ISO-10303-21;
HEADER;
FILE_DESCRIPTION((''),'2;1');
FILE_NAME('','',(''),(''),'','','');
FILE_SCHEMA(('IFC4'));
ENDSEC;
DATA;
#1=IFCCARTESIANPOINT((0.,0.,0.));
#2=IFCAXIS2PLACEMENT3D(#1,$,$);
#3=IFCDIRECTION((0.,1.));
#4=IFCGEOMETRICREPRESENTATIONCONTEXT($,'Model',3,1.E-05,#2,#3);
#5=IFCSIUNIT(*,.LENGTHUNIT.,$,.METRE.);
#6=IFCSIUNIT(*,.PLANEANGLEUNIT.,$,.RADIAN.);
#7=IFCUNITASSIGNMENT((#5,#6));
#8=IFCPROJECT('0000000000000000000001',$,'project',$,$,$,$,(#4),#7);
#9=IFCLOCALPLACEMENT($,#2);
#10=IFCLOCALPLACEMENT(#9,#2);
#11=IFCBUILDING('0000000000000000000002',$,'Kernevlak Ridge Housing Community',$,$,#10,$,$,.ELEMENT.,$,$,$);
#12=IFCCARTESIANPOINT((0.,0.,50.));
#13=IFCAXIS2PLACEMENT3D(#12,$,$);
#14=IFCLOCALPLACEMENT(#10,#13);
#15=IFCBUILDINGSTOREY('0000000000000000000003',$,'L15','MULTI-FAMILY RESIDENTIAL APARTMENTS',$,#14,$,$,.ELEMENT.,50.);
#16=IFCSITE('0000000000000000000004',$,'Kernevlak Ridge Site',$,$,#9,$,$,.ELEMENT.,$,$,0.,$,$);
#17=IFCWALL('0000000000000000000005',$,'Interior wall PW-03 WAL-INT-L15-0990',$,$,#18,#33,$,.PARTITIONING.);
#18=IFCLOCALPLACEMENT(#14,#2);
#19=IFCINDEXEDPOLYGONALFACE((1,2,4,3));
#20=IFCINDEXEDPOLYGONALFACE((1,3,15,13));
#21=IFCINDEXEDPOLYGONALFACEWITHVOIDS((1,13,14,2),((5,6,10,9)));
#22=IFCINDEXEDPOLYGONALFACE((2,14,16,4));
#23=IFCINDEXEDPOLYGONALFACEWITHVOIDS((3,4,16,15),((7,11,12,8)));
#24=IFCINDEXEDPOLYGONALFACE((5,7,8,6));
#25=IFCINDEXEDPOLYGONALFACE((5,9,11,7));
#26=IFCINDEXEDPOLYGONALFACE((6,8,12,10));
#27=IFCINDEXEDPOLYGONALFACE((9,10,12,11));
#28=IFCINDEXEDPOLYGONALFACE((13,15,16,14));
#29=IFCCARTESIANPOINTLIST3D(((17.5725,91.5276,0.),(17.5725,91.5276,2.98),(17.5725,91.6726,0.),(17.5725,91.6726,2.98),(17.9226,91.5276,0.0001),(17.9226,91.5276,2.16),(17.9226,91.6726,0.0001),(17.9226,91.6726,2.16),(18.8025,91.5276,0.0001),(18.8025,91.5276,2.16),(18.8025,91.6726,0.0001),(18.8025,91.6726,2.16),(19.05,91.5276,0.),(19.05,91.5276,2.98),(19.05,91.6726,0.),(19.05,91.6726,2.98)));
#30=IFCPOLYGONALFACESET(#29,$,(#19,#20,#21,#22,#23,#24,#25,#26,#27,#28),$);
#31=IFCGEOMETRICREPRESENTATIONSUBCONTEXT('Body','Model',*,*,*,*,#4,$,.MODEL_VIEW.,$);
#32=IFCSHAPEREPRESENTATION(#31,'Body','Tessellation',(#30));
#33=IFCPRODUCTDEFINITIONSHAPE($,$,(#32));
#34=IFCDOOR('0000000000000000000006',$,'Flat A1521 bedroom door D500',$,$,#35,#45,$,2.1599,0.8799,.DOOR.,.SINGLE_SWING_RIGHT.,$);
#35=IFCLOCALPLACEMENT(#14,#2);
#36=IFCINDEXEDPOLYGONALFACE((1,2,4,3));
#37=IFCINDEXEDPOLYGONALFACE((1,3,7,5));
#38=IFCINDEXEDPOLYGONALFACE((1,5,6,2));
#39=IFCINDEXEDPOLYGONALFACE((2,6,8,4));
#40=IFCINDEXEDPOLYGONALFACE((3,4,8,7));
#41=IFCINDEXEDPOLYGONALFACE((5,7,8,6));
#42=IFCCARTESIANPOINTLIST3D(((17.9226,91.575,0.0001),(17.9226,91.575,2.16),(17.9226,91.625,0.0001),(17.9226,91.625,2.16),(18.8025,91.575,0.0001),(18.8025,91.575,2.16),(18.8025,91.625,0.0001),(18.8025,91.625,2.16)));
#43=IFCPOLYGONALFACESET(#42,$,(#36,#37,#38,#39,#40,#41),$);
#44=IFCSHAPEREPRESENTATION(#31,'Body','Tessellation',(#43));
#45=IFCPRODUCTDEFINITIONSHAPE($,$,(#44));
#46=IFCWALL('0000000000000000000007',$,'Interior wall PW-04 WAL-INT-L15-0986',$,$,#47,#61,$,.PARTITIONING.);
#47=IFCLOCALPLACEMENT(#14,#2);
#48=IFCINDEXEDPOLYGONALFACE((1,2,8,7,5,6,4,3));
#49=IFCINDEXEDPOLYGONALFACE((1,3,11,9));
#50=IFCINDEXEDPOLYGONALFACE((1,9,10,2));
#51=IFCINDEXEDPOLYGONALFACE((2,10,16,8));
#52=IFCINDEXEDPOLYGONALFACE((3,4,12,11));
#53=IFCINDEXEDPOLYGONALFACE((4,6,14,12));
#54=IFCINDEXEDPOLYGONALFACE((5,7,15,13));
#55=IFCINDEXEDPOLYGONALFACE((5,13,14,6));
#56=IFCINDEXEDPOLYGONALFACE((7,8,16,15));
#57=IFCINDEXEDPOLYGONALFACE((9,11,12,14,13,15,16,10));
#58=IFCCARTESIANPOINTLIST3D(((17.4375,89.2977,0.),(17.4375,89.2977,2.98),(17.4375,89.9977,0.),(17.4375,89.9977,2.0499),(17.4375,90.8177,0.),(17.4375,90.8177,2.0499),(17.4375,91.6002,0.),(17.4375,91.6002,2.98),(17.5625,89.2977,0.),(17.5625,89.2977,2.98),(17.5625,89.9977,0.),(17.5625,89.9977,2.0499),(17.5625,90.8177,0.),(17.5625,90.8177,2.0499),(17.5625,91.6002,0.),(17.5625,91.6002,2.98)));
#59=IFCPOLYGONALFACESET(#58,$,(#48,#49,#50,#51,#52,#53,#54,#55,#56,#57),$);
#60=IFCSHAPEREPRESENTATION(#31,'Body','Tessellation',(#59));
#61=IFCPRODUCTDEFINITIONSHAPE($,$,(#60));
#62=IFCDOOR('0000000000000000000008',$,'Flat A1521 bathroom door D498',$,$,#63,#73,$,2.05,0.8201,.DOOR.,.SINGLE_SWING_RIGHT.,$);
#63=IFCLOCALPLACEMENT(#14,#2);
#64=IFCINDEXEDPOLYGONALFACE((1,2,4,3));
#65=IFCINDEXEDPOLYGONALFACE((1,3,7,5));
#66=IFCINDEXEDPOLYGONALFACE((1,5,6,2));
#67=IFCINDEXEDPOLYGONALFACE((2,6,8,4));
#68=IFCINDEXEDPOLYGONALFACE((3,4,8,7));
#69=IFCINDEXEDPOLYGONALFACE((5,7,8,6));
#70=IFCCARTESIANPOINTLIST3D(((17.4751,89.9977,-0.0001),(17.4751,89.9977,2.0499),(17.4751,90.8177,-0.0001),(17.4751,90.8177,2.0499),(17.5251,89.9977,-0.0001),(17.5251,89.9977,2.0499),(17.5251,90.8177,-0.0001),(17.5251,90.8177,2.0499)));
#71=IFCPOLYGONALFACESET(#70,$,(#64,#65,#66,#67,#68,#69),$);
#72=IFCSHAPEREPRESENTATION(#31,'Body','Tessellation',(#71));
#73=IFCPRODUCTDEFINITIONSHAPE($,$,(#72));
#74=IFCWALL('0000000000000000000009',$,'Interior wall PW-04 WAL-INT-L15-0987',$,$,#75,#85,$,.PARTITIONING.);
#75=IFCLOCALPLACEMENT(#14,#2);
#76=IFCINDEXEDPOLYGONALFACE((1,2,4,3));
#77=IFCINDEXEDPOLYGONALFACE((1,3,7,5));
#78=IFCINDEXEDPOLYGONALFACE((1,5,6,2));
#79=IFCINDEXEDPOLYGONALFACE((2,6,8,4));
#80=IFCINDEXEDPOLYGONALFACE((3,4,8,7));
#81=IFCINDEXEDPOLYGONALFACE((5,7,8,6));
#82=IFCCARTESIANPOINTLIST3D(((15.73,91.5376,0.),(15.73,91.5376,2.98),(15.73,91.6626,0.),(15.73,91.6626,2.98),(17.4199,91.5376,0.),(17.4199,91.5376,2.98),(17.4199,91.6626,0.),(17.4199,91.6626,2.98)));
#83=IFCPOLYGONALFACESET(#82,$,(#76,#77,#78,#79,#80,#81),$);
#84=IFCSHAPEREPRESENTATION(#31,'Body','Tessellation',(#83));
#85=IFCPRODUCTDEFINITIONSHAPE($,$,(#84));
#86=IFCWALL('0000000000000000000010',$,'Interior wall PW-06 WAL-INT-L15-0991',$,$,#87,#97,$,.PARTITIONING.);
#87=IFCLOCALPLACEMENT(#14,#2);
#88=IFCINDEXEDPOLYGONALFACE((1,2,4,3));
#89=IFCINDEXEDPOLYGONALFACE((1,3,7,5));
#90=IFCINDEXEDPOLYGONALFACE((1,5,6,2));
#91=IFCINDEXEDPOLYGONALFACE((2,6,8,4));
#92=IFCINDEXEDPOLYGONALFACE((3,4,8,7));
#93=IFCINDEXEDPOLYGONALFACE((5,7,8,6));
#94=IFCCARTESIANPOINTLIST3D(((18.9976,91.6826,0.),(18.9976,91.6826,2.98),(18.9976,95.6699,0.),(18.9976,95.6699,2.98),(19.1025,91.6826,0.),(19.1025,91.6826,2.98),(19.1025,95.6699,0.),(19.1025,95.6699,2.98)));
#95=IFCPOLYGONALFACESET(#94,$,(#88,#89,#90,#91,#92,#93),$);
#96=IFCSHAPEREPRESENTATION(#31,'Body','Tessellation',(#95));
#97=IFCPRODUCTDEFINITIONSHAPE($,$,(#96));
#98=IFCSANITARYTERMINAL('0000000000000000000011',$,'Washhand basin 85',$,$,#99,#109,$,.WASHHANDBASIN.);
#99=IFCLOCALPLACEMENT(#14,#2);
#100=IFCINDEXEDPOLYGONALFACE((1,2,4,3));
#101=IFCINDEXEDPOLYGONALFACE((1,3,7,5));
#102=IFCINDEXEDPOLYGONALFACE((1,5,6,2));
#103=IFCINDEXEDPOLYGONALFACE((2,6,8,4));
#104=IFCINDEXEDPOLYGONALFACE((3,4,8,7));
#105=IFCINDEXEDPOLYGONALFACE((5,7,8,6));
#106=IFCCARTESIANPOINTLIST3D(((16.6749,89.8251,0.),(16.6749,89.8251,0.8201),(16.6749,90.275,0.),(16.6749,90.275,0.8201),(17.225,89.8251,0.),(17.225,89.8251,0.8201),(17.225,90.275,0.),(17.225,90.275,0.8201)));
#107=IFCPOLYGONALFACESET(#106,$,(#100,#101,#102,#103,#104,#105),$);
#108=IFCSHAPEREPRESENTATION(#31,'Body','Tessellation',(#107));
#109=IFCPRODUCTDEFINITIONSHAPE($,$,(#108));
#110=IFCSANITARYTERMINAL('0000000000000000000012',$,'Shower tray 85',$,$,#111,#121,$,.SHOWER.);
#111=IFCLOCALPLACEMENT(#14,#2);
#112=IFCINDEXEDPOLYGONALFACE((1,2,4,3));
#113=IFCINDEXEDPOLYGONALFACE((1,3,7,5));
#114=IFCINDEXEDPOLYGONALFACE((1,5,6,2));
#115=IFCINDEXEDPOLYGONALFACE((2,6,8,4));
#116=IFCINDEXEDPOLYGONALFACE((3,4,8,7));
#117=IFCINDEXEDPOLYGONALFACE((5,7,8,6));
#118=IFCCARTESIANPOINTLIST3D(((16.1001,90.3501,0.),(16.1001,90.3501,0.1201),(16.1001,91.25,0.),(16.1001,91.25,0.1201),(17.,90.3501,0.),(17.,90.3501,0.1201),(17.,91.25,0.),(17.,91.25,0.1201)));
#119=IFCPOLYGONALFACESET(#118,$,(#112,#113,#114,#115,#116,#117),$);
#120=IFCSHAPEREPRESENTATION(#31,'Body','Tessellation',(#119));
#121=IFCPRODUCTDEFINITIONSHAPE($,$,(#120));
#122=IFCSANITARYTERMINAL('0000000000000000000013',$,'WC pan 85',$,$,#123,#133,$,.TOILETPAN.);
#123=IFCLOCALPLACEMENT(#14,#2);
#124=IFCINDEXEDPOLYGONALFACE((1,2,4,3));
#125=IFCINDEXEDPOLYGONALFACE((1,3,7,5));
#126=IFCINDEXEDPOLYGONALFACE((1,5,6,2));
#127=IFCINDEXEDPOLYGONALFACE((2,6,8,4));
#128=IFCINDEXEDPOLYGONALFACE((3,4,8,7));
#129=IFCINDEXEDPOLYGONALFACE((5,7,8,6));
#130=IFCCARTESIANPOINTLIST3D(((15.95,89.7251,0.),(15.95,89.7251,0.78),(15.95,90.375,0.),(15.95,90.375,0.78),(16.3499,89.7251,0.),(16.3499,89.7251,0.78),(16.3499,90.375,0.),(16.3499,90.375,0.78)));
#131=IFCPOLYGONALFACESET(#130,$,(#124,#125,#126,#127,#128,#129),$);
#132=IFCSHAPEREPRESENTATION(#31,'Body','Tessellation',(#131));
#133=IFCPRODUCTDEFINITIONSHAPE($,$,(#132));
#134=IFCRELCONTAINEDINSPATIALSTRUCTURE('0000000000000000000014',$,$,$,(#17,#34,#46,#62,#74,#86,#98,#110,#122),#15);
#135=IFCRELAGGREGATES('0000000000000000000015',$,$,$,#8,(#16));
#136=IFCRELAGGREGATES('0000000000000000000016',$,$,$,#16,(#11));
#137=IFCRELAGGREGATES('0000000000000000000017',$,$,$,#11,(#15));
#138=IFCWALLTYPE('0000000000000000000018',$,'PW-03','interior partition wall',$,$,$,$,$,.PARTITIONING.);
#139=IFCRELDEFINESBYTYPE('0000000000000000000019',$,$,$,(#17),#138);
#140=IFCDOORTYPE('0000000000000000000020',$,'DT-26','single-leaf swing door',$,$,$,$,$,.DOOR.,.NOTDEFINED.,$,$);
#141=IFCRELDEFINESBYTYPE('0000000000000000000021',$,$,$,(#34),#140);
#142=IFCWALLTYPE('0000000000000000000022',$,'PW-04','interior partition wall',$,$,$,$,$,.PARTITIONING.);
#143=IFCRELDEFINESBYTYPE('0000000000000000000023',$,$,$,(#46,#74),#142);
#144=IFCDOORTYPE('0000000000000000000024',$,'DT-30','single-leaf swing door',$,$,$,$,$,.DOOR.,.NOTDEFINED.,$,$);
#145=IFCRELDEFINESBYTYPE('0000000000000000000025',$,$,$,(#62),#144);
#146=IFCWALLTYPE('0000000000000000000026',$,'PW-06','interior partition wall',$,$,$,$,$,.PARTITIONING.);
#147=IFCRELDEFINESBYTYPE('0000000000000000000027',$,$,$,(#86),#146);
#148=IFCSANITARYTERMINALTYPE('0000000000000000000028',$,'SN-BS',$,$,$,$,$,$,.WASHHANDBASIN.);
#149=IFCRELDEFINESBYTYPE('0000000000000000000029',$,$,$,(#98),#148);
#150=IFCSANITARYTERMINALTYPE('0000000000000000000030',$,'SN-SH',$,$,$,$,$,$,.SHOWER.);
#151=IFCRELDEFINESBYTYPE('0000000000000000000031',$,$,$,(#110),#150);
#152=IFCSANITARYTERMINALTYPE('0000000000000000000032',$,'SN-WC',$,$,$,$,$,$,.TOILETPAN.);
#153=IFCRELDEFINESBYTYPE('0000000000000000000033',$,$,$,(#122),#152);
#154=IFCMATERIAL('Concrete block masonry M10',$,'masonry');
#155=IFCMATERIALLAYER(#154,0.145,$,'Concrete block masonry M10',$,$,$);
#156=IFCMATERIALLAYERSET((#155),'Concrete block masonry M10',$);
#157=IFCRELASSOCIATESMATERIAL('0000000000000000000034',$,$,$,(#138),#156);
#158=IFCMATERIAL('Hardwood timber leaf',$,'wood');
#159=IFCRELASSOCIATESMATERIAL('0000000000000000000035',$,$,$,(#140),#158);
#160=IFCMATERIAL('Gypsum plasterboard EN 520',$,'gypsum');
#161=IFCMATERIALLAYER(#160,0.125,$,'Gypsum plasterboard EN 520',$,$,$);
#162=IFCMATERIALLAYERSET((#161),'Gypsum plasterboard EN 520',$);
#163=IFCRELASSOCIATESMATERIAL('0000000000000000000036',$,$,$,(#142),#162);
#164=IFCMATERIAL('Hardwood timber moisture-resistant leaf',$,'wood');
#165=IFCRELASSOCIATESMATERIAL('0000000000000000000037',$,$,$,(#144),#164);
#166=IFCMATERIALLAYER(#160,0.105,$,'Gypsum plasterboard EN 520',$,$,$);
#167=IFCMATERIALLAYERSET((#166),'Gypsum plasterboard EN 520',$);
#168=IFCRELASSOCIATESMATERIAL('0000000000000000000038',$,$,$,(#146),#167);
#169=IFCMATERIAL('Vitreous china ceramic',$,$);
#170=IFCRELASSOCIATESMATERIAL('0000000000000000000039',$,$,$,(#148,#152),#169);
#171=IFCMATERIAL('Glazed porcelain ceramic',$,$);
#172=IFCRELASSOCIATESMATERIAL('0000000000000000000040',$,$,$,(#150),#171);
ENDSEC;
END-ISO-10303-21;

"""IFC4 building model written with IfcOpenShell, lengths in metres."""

from ifc_helpers import new_model, si_unit, direction, frame, frame_2d, origin, origin_2d, place, context, subcontext, project, spatial, rectangle, extrude, material, layer, layer_set, type_object, element, fill, save


model = new_model("IFC4")

# Units and contexts
model_context = context("Model", 3, precision=1e-05, world=origin(), true_north=direction((0.0, 1.0)))
body_context = subcontext(model_context, "Body", "Model", "MODEL_VIEW")
ifc_project = project(units=[si_unit("LENGTHUNIT", "METRE"), si_unit("PLANEANGLEUNIT", "RADIAN")], contexts=[model_context])

# Site, building, storey
site_placement = place(None, origin())
site = spatial("IfcSite", under=ifc_project, at=site_placement, Name="Kernevlak Ridge Site", CompositionType="ELEMENT", RefElevation=0.0)
building_placement = place(site_placement, origin())
building = spatial("IfcBuilding", under=site, at=building_placement, Name="Kernevlak Ridge Housing Community", CompositionType="ELEMENT")
storey_placement = place(building_placement, frame((0.0, 0.0, 50.0)))
storey = spatial("IfcBuildingStorey", under=building, at=storey_placement, Name="L15", Description="MULTI-FAMILY RESIDENTIAL APARTMENTS", CompositionType="ELEMENT", Elevation=50.0)

# Shared definitions
ifc_material_1 = material(Name="Concrete block masonry M10", Category="masonry")

# Walls, openings, doors
ifc_layer_1 = layer(ifc_material_1, 0.145, Name="Concrete block masonry M10")
ifc_layer_set_1 = layer_set([ifc_layer_1], Name="Concrete block masonry M10")
wall_type_1 = type_object("IfcWallType", Name="PW-03", Description="interior partition wall", PredefinedType="PARTITIONING", material=ifc_layer_set_1)
wall_1_placement = place(storey_placement, frame((17.5725, 91.6001, 0.0), z_axis=(0.0, 0.0, 1.0), x_axis=(1.0, 0.0, 0.0)))
wall_1 = element("IfcWall", 1, at=wall_1_placement, inside=storey, type_object=wall_type_1, Name="Interior wall PW-03 WAL-INT-L15-0990", PredefinedType="PARTITIONING", context=body_context, shape_type="SweptSolid", body=[
    extrude(rectangle(XDim=1.4775, YDim=0.145, at=frame_2d((0.7388, 0.0))), origin(), (0.0, 0.0, 1.0), 2.98),
])
opening_1_placement = place(wall_1_placement, frame((0.3501, 0.0, 0.0)))
opening_1 = element("IfcOpeningElement", 2, at=opening_1_placement, cuts=wall_1, PredefinedType="OPENING", context=body_context, shape_type="SweptSolid", body=[
    extrude(rectangle(XDim=0.8799, YDim=2.1599, at=frame_2d((0.4399, 1.0801))), frame((0.0, 0.0825, 0.0), z_axis=(0.0, -1.0, 0.0), x_axis=(1.0, 0.0, 0.0)), (0.0, 0.0, 1.0), 0.165),
])
ifc_material_2 = material(Name="Hardwood timber leaf", Category="wood")
door_type_1 = type_object("IfcDoorType", Name="DT-26", Description="single-leaf swing door", OperationType="NOTDEFINED", PredefinedType="DOOR", material=ifc_material_2)
door_1_placement = place(opening_1_placement, origin())
door_1 = element("IfcDoor", 3, at=door_1_placement, inside=storey, type_object=door_type_1, Name="Flat A1521 bedroom door D500", OperationType="SINGLE_SWING_RIGHT", OverallHeight=2.1599, OverallWidth=0.8799, PredefinedType="DOOR", context=body_context, shape_type="SweptSolid", body=[
    extrude(rectangle(XDim=0.8799, YDim=2.1599, at=frame_2d((0.4399, 1.0801))), frame((0.0, 0.0249, 0.0), z_axis=(0.0, -1.0, 0.0), x_axis=(1.0, 0.0, 0.0)), (0.0, 0.0, 1.0), 0.05),
])
fill(opening_1, door_1)
ifc_material_3 = material(Name="Gypsum plasterboard EN 520", Category="gypsum")
ifc_layer_2 = layer(ifc_material_3, 0.125, Name="Gypsum plasterboard EN 520")
ifc_layer_set_2 = layer_set([ifc_layer_2], Name="Gypsum plasterboard EN 520")
wall_type_2 = type_object("IfcWallType", Name="PW-04", Description="interior partition wall", PredefinedType="PARTITIONING", material=ifc_layer_set_2)
wall_2_placement = place(storey_placement, frame((17.5, 89.2976, 0.0), z_axis=(0.0, 0.0, 1.0), x_axis=(0.0, 1.0, 0.0)))
wall_2 = element("IfcWall", 4, at=wall_2_placement, inside=storey, type_object=wall_type_2, Name="Interior wall PW-04 WAL-INT-L15-0986", PredefinedType="PARTITIONING", context=body_context, shape_type="SweptSolid", body=[
    extrude(rectangle(XDim=2.3025, YDim=0.125, at=frame_2d((1.1514, 0.0))), origin(), (0.0, 0.0, 1.0), 2.98),
])
opening_2_placement = place(wall_2_placement, frame((0.7, 0.0, 0.0)))
opening_2 = element("IfcOpeningElement", 5, at=opening_2_placement, cuts=wall_2, PredefinedType="OPENING", context=body_context, shape_type="SweptSolid", body=[
    extrude(rectangle(XDim=0.8201, YDim=2.05, at=frame_2d((0.4102, 1.0249))), frame((0.0, 0.0725, 0.0), z_axis=(0.0, -1.0, 0.0), x_axis=(1.0, 0.0, 0.0)), (0.0, 0.0, 1.0), 0.145),
])
ifc_material_4 = material(Name="Hardwood timber moisture-resistant leaf", Category="wood")
door_type_2 = type_object("IfcDoorType", Name="DT-30", Description="single-leaf swing door", OperationType="NOTDEFINED", PredefinedType="DOOR", material=ifc_material_4)
door_2_placement = place(opening_2_placement, origin())
door_2 = element("IfcDoor", 6, at=door_2_placement, inside=storey, type_object=door_type_2, Name="Flat A1521 bathroom door D498", OperationType="SINGLE_SWING_RIGHT", OverallHeight=2.05, OverallWidth=0.8201, PredefinedType="DOOR", context=body_context, shape_type="SweptSolid", body=[
    extrude(rectangle(XDim=0.8201, YDim=2.05, at=frame_2d((0.4102, 1.0249))), frame((0.0, 0.0249, 0.0), z_axis=(0.0, -1.0, 0.0), x_axis=(1.0, 0.0, 0.0)), (0.0, 0.0, 1.0), 0.05),
])
fill(opening_2, door_2)

# Walls
wall_3_placement = place(storey_placement, frame((15.73, 91.6001, 0.0), z_axis=(0.0, 0.0, 1.0), x_axis=(1.0, 0.0, 0.0)))
element("IfcWall", 7, at=wall_3_placement, inside=storey, type_object=wall_type_2, Name="Interior wall PW-04 WAL-INT-L15-0987", PredefinedType="PARTITIONING", context=body_context, shape_type="SweptSolid", body=[
    extrude(rectangle(XDim=1.6899, YDim=0.125, at=frame_2d((0.845, 0.0))), origin(), (0.0, 0.0, 1.0), 2.98),
])
ifc_layer_3 = layer(ifc_material_3, 0.105, Name="Gypsum plasterboard EN 520")
ifc_layer_set_3 = layer_set([ifc_layer_3], Name="Gypsum plasterboard EN 520")
wall_type_3 = type_object("IfcWallType", Name="PW-06", Description="interior partition wall", PredefinedType="PARTITIONING", material=ifc_layer_set_3)
wall_4_placement = place(storey_placement, frame((19.05, 91.6826, 0.0), z_axis=(0.0, 0.0, 1.0), x_axis=(0.0, 1.0, 0.0)))
element("IfcWall", 8, at=wall_4_placement, inside=storey, type_object=wall_type_3, Name="Interior wall PW-06 WAL-INT-L15-0991", PredefinedType="PARTITIONING", context=body_context, shape_type="SweptSolid", body=[
    extrude(rectangle(XDim=3.9873, YDim=0.105, at=frame_2d((1.9937, 0.0))), origin(), (0.0, 0.0, 1.0), 2.98),
])

# Sanitary terminals
ifc_material_5 = material(Name="Vitreous china ceramic")
sanitary_terminal_type_1 = type_object("IfcSanitaryTerminalType", Name="SN-BS", PredefinedType="WASHHANDBASIN", material=ifc_material_5)
sanitary_terminal_1_placement = place(storey_placement, frame((16.95, 90.05, 0.0), z_axis=(0.0, 0.0, 1.0), x_axis=(1.0, 0.0, 0.0)))
element("IfcSanitaryTerminal", 9, at=sanitary_terminal_1_placement, inside=storey, type_object=sanitary_terminal_type_1, Name="Washhand basin 85", PredefinedType="WASHHANDBASIN", context=body_context, shape_type="SweptSolid", body=[
    extrude(rectangle(XDim=0.55, YDim=0.45, at=origin_2d()), origin(), (0.0, 0.0, 1.0), 0.8201),
])
ifc_material_6 = material(Name="Glazed porcelain ceramic")
sanitary_terminal_type_2 = type_object("IfcSanitaryTerminalType", Name="SN-SH", PredefinedType="SHOWER", material=ifc_material_6)
sanitary_terminal_2_placement = place(storey_placement, frame((16.55, 90.8, 0.0), z_axis=(0.0, 0.0, 1.0), x_axis=(1.0, 0.0, 0.0)))
element("IfcSanitaryTerminal", 10, at=sanitary_terminal_2_placement, inside=storey, type_object=sanitary_terminal_type_2, Name="Shower tray 85", PredefinedType="SHOWER", context=body_context, shape_type="SweptSolid", body=[
    extrude(rectangle(XDim=0.8999, YDim=0.8999, at=origin_2d()), origin(), (0.0, 0.0, 1.0), 0.1201),
])
sanitary_terminal_type_3 = type_object("IfcSanitaryTerminalType", Name="SN-WC", PredefinedType="TOILETPAN", material=ifc_material_5)
sanitary_terminal_3_placement = place(storey_placement, frame((16.1499, 90.05, 0.0), z_axis=(0.0, 0.0, 1.0), x_axis=(1.0, 0.0, 0.0)))
element("IfcSanitaryTerminal", 11, at=sanitary_terminal_3_placement, inside=storey, type_object=sanitary_terminal_type_3, Name="WC pan 85", PredefinedType="TOILETPAN", context=body_context, shape_type="SweptSolid", body=[
    extrude(rectangle(XDim=0.3999, YDim=0.6499, at=origin_2d()), origin(), (0.0, 0.0, 1.0), 0.78),
])

save(model, "model.ifc")
